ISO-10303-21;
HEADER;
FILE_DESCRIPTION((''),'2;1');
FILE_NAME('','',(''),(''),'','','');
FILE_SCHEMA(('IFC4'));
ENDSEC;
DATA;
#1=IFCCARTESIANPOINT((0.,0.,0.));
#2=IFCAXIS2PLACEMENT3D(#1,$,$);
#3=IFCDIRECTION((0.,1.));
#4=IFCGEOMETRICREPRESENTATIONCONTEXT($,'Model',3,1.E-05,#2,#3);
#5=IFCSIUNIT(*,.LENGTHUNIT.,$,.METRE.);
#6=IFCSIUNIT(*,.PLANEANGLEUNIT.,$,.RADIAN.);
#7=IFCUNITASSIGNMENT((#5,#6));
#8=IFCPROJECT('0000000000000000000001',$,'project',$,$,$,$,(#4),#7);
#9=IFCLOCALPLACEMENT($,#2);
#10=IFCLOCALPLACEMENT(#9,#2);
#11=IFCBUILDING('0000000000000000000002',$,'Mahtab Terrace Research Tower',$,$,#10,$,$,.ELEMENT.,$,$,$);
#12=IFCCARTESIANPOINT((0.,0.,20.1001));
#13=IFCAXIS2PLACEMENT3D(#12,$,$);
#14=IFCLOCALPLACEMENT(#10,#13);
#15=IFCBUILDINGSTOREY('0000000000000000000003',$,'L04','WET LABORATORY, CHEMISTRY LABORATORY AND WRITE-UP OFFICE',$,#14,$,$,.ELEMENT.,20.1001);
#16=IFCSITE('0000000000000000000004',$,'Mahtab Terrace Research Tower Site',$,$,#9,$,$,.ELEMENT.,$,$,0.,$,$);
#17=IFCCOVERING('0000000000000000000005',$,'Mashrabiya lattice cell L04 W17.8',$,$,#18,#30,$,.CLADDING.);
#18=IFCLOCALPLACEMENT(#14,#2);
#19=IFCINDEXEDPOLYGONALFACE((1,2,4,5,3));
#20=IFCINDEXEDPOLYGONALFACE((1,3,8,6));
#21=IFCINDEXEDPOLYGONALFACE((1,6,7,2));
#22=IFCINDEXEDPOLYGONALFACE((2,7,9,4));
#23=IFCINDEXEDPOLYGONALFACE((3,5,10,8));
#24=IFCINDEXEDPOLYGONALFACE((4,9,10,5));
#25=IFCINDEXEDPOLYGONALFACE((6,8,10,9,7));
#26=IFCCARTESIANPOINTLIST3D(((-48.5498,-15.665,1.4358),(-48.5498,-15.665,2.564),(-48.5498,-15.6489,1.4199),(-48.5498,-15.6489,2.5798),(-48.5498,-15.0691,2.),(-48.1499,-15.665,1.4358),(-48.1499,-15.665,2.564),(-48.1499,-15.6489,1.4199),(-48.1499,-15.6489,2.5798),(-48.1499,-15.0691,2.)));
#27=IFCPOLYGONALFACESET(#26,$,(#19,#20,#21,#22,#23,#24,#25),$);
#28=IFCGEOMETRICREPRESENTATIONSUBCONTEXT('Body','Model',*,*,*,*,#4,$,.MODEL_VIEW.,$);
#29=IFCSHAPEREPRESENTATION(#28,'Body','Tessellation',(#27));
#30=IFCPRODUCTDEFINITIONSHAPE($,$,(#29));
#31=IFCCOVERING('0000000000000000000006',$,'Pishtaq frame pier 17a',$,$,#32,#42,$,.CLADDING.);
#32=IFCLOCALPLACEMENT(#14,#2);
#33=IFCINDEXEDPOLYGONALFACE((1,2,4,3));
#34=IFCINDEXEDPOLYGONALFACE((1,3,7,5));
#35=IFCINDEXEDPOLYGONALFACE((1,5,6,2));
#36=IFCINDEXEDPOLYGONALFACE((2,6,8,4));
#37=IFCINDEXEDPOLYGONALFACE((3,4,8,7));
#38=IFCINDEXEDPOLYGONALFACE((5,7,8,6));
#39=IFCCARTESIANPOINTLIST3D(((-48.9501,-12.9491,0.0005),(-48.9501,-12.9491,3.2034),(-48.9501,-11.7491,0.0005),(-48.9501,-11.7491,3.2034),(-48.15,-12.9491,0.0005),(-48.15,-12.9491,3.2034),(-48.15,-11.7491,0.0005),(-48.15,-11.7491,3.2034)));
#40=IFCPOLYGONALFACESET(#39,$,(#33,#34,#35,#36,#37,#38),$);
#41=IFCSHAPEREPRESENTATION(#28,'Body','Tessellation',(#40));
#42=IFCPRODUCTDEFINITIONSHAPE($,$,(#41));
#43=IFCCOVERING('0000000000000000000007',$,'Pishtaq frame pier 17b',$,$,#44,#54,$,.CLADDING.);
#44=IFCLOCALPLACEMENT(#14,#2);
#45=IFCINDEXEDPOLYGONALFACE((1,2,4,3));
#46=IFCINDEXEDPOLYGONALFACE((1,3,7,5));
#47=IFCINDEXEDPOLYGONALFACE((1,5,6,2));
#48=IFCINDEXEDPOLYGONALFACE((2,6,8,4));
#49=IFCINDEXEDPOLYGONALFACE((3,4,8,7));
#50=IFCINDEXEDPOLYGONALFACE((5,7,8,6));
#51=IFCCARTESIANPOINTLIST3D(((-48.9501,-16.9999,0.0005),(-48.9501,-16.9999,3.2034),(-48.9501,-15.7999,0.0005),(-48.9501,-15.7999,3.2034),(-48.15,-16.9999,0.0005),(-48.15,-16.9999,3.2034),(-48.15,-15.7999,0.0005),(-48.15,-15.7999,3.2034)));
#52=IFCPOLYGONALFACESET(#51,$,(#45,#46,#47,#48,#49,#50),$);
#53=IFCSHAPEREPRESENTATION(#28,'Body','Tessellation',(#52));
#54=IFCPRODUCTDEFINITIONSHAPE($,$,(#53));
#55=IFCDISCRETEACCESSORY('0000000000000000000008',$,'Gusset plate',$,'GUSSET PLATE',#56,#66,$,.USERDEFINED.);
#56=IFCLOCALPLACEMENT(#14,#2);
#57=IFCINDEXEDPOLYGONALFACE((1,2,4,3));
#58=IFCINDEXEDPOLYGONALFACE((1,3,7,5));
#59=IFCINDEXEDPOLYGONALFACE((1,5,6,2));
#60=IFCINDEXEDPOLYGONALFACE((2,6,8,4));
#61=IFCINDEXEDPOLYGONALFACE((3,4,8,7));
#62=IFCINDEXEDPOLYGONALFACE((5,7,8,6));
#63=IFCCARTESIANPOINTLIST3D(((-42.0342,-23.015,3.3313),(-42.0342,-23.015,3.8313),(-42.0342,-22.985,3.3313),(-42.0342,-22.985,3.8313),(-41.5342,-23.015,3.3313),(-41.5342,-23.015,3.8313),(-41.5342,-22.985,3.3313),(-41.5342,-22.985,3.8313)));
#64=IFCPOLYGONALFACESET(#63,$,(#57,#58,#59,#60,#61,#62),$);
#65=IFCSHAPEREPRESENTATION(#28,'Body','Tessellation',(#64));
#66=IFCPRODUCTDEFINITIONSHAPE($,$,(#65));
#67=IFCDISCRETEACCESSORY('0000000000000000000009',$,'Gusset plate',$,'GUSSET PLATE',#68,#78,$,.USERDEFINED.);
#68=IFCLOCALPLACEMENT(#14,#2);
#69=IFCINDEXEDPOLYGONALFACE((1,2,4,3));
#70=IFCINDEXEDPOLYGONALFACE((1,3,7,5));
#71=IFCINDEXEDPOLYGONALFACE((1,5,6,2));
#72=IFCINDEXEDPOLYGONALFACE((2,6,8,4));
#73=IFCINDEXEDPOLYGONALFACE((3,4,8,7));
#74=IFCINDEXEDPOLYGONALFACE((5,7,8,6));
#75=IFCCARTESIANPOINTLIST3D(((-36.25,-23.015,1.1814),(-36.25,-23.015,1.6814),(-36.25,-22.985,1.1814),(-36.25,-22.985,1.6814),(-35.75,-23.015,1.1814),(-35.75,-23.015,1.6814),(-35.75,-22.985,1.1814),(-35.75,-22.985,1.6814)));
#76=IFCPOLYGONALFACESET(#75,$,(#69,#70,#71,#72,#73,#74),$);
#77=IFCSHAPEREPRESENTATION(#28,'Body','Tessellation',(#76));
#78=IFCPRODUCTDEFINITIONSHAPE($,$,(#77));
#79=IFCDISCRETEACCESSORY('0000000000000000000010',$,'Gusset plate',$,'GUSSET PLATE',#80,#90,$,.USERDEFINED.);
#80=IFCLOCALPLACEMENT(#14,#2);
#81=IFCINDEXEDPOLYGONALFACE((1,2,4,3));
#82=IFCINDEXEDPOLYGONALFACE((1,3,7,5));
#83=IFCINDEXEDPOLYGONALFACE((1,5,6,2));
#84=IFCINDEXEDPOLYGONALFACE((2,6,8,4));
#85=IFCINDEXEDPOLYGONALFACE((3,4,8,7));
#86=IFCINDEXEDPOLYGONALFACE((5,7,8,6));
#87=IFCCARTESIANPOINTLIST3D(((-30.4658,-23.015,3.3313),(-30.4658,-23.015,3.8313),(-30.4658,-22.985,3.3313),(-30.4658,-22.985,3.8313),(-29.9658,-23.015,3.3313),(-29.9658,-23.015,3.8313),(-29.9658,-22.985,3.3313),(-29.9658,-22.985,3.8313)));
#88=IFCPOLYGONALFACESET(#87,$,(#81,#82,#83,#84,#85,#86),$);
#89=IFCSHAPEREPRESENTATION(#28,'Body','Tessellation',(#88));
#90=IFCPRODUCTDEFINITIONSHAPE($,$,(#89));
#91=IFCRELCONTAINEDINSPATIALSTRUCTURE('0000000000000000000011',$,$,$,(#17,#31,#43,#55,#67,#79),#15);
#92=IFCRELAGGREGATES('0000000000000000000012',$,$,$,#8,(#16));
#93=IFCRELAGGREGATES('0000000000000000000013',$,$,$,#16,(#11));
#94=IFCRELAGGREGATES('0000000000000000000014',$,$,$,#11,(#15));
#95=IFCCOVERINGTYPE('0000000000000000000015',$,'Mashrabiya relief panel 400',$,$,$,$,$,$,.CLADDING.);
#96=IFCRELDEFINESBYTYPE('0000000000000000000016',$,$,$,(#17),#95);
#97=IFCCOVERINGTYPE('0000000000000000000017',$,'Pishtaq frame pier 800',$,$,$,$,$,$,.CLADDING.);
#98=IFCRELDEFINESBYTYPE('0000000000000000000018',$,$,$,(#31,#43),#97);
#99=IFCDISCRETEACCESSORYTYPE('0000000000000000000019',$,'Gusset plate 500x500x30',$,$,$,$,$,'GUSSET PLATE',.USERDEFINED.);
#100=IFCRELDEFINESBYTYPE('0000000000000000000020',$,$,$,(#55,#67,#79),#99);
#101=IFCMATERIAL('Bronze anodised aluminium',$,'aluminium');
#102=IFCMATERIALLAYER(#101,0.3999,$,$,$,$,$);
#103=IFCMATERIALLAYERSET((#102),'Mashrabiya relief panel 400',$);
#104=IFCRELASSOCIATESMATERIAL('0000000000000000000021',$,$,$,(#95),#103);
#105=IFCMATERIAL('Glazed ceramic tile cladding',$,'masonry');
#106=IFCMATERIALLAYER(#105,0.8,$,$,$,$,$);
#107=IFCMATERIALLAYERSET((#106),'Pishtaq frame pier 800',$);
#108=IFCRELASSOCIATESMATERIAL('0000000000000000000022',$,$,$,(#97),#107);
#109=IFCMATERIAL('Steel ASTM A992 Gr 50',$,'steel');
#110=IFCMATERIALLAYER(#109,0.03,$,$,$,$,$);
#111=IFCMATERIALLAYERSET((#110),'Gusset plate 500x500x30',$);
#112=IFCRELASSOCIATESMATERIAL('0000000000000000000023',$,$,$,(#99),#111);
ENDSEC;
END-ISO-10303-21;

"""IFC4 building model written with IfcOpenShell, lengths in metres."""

from ifc_helpers import new_model, si_unit, direction, frame, origin, origin_2d, place, context, subcontext, project, spatial, polyline, rectangle, outline, extrude, material, layer, layer_set, type_object, element, save


model = new_model("IFC4")

# Units and contexts
model_context = context("Model", 3, precision=1e-05, world=origin(), true_north=direction((0.0, 1.0)))
body_context = subcontext(model_context, "Body", "Model", "MODEL_VIEW")
ifc_project = project(units=[si_unit("LENGTHUNIT", "METRE"), si_unit("PLANEANGLEUNIT", "RADIAN")], contexts=[model_context])

# Site, building, storey
site_placement = place(None, origin())
site = spatial("IfcSite", under=ifc_project, at=site_placement, Name="Mahtab Terrace Research Tower Site", CompositionType="ELEMENT", RefElevation=0.0)
building_placement = place(site_placement, origin())
building = spatial("IfcBuilding", under=site, at=building_placement, Name="Mahtab Terrace Research Tower", CompositionType="ELEMENT")
storey_placement = place(building_placement, frame((0.0, 0.0, 20.1001)))
storey = spatial("IfcBuildingStorey", under=building, at=storey_placement, Name="L04", Description="WET LABORATORY, CHEMISTRY LABORATORY AND WRITE-UP OFFICE", CompositionType="ELEMENT", Elevation=20.1001)

# Shared definitions
ifc_material_1 = material(Name="Steel ASTM A992 Gr 50", Category="steel")

# Coverings
ifc_material_2 = material(Name="Bronze anodised aluminium", Category="aluminium")
ifc_layer_1 = layer(ifc_material_2, 0.3999)
ifc_layer_set_1 = layer_set([ifc_layer_1], Name="Mashrabiya relief panel 400")
covering_type_1 = type_object("IfcCoveringType", Name="Mashrabiya relief panel 400", PredefinedType="CLADDING", material=ifc_layer_set_1)
covering_1_placement = place(storey_placement, frame((-48.1499, -15.6489, 1.4199), z_axis=(1.0, 0.0, 0.0), x_axis=(0.0, 0.706958, 0.707256)))
element("IfcCovering", 1, at=covering_1_placement, inside=storey, type_object=covering_type_1, Name="Mashrabiya lattice cell L04 W17.8", PredefinedType="CLADDING", context=body_context, shape_type="SweptSolid", body=[
    extrude(outline(polyline([(0.0, 0.0), (0.8202, 0.0), (0.8204, 0.82), (0.7977, 0.8202), (-0.0002, 0.0226), (0.0, 0.0)])), origin(), (0.0, 0.0, -1.0), 0.3999),
])
ifc_material_3 = material(Name="Glazed ceramic tile cladding", Category="masonry")
ifc_layer_2 = layer(ifc_material_3, 0.8)
ifc_layer_set_2 = layer_set([ifc_layer_2], Name="Pishtaq frame pier 800")
covering_type_2 = type_object("IfcCoveringType", Name="Pishtaq frame pier 800", PredefinedType="CLADDING", material=ifc_layer_set_2)
for number, where, z_axis, x_axis, name in (
    (2, (-48.55, -12.3491, 0.0005), (0.0, 0.0, 1.0), (0.0, -1.0, 0.0), "Pishtaq frame pier 17a"),
    (3, (-48.55, -16.3999, 0.0005), (0.0, 0.0, 1.0), (0.0, -1.0, 0.0), "Pishtaq frame pier 17b"),
):
    element("IfcCovering", number, at=place(storey_placement, frame(where, z_axis=z_axis, x_axis=x_axis)), inside=storey, type_object=covering_type_2, Name=name, PredefinedType="CLADDING", context=body_context, shape_type="SweptSolid", body=[
        extrude(rectangle(XDim=1.2, YDim=0.8, at=origin_2d()), origin(), (0.0, 0.0, 1.0), 3.2029),
    ])

# Discrete accessories
ifc_layer_3 = layer(ifc_material_1, 0.03)
ifc_layer_set_3 = layer_set([ifc_layer_3], Name="Gusset plate 500x500x30")
discrete_accessory_type = type_object("IfcDiscreteAccessoryType", Name="Gusset plate 500x500x30", ElementType="GUSSET PLATE", PredefinedType="USERDEFINED", material=ifc_layer_set_3)
for number, where, z_axis, x_axis, name in (
    (4, (-41.7842, -23.0, 3.3313), (0.0, 0.0, 1.0), (1.0, 0.0, 0.0), "Gusset plate"),
    (5, (-36.0, -23.0, 1.1814), (0.0, 0.0, 1.0), (1.0, 0.0, 0.0), "Gusset plate"),
    (6, (-30.2158, -23.0, 3.3313), (0.0, 0.0, 1.0), (1.0, 0.0, 0.0), "Gusset plate"),
):
    element("IfcDiscreteAccessory", number, at=place(storey_placement, frame(where, z_axis=z_axis, x_axis=x_axis)), inside=storey, type_object=discrete_accessory_type, Name=name, ObjectType="GUSSET PLATE", PredefinedType="USERDEFINED", context=body_context, shape_type="SweptSolid", body=[
        extrude(rectangle(XDim=0.5, YDim=0.03, at=origin_2d()), origin(), (0.0, 0.0, 1.0), 0.5),
    ])

save(model, "model.ifc")
